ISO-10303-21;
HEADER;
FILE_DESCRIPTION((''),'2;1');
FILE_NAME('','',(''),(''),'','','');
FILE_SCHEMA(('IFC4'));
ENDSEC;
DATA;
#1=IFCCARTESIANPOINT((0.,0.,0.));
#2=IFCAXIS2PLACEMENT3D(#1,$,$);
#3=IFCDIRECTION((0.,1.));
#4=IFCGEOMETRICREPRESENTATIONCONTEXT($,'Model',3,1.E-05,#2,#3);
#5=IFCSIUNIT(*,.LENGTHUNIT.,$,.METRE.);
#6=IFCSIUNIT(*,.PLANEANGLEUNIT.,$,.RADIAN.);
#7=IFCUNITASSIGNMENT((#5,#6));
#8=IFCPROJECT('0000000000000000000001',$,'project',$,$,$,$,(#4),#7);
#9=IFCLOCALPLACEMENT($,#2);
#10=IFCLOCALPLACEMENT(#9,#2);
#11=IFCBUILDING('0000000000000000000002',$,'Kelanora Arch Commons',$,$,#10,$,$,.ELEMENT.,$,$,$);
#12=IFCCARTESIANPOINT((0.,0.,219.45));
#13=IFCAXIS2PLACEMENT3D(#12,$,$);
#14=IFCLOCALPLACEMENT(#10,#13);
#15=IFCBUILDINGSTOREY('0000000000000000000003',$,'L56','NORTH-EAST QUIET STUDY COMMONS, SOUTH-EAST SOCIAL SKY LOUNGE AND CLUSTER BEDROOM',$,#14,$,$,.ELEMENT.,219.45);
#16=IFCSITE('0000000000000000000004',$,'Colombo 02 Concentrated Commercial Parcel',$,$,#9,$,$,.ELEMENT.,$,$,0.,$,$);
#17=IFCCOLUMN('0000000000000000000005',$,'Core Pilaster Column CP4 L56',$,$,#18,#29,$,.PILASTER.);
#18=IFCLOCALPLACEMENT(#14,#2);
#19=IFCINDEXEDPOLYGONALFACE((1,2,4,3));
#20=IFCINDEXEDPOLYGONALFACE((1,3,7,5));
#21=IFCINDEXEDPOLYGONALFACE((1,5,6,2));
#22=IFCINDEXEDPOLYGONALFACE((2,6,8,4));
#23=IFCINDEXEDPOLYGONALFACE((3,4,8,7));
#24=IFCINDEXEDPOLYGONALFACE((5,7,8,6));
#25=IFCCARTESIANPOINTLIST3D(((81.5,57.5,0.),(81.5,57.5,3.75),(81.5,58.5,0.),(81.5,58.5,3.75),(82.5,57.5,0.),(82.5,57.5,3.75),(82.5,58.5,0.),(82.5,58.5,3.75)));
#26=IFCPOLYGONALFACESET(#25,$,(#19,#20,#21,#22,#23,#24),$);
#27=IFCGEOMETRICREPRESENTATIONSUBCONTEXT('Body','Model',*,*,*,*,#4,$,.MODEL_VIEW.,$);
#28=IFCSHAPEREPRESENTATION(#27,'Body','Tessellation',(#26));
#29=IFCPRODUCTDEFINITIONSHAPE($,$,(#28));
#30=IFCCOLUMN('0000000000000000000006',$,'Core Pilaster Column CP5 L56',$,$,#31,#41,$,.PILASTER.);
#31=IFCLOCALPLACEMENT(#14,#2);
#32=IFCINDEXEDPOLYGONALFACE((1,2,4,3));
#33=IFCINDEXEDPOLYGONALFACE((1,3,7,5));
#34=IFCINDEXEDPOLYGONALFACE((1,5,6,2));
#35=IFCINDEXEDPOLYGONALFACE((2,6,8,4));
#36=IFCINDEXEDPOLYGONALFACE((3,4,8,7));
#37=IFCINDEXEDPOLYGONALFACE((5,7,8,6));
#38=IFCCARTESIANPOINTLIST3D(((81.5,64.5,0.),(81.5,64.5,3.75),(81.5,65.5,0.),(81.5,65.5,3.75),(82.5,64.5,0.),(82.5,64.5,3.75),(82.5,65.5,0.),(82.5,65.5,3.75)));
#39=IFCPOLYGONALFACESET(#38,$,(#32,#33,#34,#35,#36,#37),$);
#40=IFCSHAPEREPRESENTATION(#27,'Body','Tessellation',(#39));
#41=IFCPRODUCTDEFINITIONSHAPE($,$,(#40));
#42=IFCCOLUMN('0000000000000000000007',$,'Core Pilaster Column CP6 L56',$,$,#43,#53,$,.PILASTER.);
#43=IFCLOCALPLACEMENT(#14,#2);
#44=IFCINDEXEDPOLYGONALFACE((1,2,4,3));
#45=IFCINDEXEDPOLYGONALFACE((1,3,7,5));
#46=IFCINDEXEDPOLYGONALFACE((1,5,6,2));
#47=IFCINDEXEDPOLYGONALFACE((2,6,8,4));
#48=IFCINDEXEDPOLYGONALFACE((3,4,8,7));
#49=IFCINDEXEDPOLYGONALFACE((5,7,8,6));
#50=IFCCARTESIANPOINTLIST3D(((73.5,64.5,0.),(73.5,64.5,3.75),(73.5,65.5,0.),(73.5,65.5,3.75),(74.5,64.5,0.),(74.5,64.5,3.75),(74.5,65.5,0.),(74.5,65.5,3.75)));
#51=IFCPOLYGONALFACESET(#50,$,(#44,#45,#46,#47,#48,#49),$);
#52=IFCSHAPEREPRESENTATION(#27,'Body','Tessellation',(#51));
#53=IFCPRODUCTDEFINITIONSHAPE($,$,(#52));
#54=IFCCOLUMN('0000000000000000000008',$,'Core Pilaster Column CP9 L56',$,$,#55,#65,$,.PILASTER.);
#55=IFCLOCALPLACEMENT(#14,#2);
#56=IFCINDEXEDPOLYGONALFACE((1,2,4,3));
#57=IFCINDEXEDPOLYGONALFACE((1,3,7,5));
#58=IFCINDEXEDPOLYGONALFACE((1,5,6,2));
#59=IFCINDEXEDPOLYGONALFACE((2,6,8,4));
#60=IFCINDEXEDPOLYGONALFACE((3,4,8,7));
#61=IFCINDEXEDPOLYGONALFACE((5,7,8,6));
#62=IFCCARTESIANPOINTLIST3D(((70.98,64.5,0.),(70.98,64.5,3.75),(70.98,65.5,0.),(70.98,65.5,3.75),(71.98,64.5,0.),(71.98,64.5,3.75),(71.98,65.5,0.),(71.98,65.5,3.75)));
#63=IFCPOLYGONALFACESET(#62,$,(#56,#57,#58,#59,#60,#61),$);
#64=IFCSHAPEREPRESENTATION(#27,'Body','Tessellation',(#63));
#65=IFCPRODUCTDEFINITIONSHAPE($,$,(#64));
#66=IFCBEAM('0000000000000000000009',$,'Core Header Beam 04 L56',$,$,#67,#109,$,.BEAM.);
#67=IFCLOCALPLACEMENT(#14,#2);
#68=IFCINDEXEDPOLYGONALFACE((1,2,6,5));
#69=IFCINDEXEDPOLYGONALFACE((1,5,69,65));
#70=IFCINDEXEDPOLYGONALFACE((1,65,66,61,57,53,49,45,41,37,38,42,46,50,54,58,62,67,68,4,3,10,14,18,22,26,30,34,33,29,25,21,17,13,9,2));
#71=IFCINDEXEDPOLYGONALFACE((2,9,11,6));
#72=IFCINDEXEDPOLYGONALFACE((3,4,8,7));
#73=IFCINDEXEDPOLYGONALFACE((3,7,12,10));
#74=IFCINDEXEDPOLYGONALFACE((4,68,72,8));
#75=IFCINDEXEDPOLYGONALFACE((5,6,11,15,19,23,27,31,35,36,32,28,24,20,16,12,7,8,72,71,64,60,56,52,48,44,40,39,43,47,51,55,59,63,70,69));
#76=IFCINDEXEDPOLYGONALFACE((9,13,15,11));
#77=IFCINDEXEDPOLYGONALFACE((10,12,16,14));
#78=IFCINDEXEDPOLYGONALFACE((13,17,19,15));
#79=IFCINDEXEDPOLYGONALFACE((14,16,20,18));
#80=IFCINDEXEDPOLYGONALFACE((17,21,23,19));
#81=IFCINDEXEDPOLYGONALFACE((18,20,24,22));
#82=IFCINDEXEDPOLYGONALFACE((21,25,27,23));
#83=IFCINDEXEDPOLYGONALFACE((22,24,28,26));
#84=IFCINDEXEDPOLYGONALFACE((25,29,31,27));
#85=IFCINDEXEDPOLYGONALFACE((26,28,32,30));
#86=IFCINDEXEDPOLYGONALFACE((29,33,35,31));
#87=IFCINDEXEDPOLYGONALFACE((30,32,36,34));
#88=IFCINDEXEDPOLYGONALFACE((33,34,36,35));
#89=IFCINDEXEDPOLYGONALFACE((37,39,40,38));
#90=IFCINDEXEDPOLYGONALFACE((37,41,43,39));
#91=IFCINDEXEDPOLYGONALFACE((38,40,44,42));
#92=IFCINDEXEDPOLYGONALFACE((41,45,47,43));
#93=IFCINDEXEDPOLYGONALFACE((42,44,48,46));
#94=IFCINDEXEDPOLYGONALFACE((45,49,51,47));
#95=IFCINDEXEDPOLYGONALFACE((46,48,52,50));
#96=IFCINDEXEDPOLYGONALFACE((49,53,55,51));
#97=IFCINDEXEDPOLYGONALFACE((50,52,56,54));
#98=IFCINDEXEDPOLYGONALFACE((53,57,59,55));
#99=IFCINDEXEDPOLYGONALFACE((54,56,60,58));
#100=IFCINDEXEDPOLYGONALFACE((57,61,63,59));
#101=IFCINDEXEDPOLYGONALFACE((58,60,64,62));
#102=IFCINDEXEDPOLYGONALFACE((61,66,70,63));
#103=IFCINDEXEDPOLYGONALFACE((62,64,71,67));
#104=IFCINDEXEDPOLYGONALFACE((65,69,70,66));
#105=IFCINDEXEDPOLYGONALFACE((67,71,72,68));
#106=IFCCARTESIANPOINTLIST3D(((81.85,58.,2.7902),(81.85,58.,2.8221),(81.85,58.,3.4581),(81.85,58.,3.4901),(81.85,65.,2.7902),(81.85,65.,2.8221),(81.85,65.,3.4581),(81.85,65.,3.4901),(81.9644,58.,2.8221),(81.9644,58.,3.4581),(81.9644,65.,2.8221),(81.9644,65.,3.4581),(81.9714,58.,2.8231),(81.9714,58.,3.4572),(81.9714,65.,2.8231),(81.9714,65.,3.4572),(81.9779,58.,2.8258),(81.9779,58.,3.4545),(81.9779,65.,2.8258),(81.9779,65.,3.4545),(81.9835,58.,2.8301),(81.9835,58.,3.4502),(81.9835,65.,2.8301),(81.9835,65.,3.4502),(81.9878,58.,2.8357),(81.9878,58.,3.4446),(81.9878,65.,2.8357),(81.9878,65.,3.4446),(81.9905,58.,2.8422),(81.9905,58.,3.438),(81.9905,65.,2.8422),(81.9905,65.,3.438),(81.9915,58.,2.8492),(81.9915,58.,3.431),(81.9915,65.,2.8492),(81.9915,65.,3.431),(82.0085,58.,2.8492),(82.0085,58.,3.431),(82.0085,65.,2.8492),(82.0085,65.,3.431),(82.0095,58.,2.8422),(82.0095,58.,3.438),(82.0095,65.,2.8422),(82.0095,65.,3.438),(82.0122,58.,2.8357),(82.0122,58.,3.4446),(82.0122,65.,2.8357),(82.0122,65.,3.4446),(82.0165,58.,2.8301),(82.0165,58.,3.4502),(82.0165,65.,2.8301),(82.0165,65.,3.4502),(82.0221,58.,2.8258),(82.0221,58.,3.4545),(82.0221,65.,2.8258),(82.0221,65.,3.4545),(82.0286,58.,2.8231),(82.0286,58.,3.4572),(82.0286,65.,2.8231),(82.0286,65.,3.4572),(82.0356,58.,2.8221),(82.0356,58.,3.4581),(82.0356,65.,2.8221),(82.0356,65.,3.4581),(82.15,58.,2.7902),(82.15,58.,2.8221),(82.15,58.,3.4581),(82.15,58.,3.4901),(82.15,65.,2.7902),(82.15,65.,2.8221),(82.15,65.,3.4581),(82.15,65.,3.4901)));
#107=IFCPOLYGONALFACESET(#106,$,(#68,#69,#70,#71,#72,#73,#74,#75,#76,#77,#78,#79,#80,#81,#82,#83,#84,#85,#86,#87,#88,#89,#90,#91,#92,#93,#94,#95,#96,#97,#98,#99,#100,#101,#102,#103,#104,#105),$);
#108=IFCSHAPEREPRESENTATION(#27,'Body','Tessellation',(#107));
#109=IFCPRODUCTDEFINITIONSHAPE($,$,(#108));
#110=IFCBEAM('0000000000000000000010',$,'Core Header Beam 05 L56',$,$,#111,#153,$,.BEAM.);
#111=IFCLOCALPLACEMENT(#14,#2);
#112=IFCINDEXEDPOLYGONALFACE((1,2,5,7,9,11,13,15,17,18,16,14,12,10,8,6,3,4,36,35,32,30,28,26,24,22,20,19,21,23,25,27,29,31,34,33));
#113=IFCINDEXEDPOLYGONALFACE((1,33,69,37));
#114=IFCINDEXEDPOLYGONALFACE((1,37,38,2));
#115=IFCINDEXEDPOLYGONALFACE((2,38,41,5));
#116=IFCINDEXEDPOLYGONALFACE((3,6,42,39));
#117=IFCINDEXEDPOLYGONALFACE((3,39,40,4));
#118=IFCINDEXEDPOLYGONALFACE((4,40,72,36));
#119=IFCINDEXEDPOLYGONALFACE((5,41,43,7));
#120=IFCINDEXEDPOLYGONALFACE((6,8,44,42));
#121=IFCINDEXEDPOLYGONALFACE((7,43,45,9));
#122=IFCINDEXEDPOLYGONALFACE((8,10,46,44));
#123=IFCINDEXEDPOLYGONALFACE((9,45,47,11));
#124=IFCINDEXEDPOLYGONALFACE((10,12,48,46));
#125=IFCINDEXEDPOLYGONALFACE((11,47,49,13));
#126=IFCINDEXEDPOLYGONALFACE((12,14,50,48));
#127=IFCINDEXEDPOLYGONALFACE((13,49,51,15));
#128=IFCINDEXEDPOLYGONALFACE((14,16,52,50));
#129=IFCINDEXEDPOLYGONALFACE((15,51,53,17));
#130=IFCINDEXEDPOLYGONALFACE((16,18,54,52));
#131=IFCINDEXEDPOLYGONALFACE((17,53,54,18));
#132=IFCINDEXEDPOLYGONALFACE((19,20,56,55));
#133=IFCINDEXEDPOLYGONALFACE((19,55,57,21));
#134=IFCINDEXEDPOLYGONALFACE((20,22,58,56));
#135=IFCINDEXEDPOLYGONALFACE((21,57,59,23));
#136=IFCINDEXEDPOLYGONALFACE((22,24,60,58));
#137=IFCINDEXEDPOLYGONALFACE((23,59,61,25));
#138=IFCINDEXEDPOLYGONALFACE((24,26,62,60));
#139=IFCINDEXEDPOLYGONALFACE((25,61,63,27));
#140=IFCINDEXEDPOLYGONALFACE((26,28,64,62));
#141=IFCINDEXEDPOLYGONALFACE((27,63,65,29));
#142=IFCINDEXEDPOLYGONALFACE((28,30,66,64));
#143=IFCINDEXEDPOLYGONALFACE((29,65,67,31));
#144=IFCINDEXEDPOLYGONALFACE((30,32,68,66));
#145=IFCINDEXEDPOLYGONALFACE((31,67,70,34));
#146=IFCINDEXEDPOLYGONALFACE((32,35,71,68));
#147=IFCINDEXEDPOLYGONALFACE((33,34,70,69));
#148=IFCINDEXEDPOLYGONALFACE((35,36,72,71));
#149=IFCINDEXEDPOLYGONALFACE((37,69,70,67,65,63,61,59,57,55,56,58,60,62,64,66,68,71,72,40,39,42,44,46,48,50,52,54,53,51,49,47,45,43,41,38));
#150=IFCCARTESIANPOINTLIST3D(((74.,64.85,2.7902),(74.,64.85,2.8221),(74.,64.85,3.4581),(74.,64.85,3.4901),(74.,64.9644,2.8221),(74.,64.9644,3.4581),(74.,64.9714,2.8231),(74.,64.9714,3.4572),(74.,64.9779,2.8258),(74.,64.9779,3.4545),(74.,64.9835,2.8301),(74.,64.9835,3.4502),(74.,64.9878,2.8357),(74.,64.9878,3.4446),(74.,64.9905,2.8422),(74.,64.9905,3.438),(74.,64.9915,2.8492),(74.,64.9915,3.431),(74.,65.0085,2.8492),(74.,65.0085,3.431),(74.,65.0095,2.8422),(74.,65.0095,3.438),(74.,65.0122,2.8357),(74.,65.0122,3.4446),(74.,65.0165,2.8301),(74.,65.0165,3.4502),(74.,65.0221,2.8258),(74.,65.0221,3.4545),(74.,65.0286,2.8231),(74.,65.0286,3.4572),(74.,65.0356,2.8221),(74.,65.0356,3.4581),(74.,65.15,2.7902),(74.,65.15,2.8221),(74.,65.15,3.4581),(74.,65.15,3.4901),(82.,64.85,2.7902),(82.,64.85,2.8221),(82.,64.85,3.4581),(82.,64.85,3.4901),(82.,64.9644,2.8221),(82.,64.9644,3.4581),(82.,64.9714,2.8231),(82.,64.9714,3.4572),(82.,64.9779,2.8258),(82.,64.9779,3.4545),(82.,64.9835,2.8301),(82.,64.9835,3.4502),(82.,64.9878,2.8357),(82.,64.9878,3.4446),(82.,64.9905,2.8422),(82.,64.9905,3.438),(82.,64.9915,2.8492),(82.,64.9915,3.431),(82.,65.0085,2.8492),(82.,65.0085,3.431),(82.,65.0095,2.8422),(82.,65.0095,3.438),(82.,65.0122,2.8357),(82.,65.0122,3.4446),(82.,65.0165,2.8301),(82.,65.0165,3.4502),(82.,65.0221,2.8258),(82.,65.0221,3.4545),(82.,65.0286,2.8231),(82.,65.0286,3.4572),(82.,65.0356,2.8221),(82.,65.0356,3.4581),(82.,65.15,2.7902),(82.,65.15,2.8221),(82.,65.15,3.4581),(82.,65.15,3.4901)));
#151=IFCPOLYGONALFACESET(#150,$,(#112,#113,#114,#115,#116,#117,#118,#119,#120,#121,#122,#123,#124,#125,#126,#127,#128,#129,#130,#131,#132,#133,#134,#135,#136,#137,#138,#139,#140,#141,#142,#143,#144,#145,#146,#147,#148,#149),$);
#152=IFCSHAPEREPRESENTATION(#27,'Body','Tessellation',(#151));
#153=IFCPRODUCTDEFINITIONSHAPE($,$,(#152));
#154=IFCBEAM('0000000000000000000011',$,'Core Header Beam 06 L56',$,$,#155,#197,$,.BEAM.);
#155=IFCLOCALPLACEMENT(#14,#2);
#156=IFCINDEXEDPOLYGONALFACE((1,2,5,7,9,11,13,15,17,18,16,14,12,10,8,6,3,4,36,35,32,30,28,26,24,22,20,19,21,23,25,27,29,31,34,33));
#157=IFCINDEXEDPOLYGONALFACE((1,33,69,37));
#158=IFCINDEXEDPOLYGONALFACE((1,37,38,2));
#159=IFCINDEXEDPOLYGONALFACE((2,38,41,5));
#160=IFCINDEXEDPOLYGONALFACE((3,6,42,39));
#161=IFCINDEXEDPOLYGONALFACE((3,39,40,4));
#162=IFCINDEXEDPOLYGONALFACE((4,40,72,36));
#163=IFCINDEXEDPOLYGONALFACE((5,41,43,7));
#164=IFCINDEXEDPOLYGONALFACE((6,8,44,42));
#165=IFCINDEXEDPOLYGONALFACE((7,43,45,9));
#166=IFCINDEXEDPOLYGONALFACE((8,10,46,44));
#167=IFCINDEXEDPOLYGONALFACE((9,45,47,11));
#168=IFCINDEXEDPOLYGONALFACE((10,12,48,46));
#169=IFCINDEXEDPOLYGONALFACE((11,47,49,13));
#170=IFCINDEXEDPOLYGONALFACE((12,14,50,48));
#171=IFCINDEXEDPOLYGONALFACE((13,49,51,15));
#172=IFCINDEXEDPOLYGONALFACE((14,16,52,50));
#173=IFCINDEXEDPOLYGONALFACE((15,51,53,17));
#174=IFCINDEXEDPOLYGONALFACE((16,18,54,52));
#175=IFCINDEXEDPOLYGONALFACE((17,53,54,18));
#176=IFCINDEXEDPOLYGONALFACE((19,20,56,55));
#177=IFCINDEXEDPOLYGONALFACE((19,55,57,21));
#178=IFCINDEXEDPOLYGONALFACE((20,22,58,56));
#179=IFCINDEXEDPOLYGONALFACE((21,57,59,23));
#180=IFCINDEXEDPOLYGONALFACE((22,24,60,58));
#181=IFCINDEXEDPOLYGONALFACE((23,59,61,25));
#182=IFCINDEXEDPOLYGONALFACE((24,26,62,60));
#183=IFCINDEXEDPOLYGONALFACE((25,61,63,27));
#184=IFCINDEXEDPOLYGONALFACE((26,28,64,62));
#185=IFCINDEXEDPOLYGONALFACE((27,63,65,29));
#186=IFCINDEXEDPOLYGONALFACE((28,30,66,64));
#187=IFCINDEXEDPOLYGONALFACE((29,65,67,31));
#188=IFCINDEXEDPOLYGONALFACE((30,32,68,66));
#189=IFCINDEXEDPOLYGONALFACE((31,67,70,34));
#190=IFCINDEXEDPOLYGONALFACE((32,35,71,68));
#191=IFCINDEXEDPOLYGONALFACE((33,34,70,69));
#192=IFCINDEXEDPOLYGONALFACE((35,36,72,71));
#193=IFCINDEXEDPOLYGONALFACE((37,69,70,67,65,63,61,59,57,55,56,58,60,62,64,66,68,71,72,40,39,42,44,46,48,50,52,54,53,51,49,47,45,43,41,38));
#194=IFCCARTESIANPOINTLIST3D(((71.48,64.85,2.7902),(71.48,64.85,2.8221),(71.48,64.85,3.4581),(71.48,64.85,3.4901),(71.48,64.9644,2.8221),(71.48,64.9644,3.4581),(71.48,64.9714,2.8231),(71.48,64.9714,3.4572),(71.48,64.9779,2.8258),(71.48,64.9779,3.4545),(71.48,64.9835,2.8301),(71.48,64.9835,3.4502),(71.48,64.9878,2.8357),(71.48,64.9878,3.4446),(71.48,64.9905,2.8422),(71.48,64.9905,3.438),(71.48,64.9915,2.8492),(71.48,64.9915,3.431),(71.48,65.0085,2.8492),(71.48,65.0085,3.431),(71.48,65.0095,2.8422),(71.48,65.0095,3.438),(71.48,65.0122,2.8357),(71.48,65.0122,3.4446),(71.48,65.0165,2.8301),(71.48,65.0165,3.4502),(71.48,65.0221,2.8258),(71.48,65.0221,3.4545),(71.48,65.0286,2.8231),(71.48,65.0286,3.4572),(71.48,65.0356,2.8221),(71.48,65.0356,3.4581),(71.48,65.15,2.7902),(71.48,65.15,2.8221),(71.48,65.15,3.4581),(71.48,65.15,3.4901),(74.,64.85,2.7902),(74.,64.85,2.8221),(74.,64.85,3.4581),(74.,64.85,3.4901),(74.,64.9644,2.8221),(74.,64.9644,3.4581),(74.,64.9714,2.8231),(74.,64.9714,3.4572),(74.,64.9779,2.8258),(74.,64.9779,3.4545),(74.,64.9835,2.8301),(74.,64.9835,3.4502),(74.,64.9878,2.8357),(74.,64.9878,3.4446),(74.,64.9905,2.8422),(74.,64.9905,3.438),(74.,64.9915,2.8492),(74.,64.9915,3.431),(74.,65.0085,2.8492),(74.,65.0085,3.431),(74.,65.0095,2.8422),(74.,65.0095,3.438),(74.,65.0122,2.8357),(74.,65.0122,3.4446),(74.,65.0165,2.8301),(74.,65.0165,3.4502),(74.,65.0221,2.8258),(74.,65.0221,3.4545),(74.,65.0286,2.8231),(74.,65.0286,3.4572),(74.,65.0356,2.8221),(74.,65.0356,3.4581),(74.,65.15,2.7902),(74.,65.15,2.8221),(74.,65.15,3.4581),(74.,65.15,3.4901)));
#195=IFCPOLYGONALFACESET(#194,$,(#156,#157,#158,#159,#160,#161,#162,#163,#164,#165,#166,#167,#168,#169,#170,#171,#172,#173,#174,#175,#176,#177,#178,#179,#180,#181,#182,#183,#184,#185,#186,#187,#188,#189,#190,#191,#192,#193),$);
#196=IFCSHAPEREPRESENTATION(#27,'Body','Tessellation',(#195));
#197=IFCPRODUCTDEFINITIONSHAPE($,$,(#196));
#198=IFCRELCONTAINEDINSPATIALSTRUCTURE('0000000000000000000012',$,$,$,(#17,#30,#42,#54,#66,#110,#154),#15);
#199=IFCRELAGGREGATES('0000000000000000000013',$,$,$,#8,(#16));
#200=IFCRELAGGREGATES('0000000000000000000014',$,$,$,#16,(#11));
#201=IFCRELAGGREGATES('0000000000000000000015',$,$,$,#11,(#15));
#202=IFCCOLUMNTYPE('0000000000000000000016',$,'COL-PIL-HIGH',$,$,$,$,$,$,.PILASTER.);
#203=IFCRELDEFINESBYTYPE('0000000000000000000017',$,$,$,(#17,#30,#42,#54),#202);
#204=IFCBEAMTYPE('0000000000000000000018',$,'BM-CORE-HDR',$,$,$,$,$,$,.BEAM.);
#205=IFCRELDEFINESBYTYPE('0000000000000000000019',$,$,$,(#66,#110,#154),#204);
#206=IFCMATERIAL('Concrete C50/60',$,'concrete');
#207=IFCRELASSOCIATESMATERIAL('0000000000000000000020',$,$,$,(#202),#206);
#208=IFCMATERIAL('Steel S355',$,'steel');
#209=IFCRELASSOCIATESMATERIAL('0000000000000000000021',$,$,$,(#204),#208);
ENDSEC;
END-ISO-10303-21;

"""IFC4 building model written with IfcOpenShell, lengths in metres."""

from ifc_helpers import new_model, si_unit, direction, frame, origin, origin_2d, place, context, subcontext, project, spatial, rectangle, i_section, extrude, material, material_profile, profile_set, type_object, element, save


model = new_model("IFC4")

# Units and contexts
model_context = context("Model", 3, precision=1e-05, world=origin(), true_north=direction((0.0, 1.0)))
body_context = subcontext(model_context, "Body", "Model", "MODEL_VIEW")
ifc_project = project(units=[si_unit("LENGTHUNIT", "METRE"), si_unit("PLANEANGLEUNIT", "RADIAN")], contexts=[model_context])

# Site, building, storey
site_placement = place(None, origin())
site = spatial("IfcSite", under=ifc_project, at=site_placement, Name="Colombo 02 Concentrated Commercial Parcel", CompositionType="ELEMENT", RefElevation=0.0)
building_placement = place(site_placement, origin())
building = spatial("IfcBuilding", under=site, at=building_placement, Name="Kelanora Arch Commons", CompositionType="ELEMENT")
storey_placement = place(building_placement, frame((0.0, 0.0, 219.45)))
storey = spatial("IfcBuildingStorey", under=building, at=storey_placement, Name="L56", Description="NORTH-EAST QUIET STUDY COMMONS, SOUTH-EAST SOCIAL SKY LOUNGE AND CLUSTER BEDROOM", CompositionType="ELEMENT", Elevation=219.45)

# Columns
ifc_material_1 = material(Name="Concrete C50/60", Category="concrete")
ifc_material_profile_1 = material_profile(ifc_material_1, rectangle(XDim=1.0, YDim=1.0, at=origin_2d()), Name="RC1000x1000")
ifc_profile_set_1 = profile_set([ifc_material_profile_1], Name="Concrete C50/60")
column_type = type_object("IfcColumnType", Name="COL-PIL-HIGH", PredefinedType="PILASTER", material=ifc_profile_set_1)
for number, where, z_axis, x_axis, name in (
    (1, (82.0, 58.0, 0.0), (0.0, 0.0, 1.0), (1.0, 0.0, 0.0), "Core Pilaster Column CP4 L56"),
    (2, (82.0, 65.0, 0.0), (0.0, 0.0, 1.0), (1.0, 0.0, 0.0), "Core Pilaster Column CP5 L56"),
    (3, (74.0, 65.0, 0.0), (0.0, 0.0, 1.0), (1.0, 0.0, 0.0), "Core Pilaster Column CP6 L56"),
    (4, (71.48, 65.0, 0.0), (0.0, 0.0, 1.0), (1.0, 0.0, 0.0), "Core Pilaster Column CP9 L56"),
):
    element("IfcColumn", number, at=place(storey_placement, frame(where, z_axis=z_axis, x_axis=x_axis)), inside=storey, type_object=column_type, Name=name, PredefinedType="PILASTER", context=body_context, shape_type="SweptSolid", body=[
        extrude(rectangle(XDim=1.0, YDim=1.0, at=origin_2d()), origin(), (0.0, 0.0, 1.0), 3.75),
    ])

# Beams
ifc_material_2 = material(Name="Steel S355", Category="steel")
ifc_material_profile_2 = material_profile(ifc_material_2, i_section(OverallWidth=0.3, OverallDepth=0.7, WebThickness=0.0171, FlangeThickness=0.032, FilletRadius=0.0271, at=origin_2d()), Name="HEB700")
ifc_profile_set_2 = profile_set([ifc_material_profile_2], Name="Steel S355")
beam_type_1 = type_object("IfcBeamType", Name="BM-CORE-HDR", PredefinedType="BEAM", material=ifc_profile_set_2)
beam_1_placement = place(storey_placement, frame((82.0, 58.0, 3.1401), z_axis=(0.0, 1.0, 0.0), x_axis=(-1.0, 0.0, 0.0)))
element("IfcBeam", 5, at=beam_1_placement, inside=storey, type_object=beam_type_1, Name="Core Header Beam 04 L56", PredefinedType="BEAM", context=body_context, shape_type="SweptSolid", body=[
    extrude(i_section(OverallWidth=0.3, OverallDepth=0.7, WebThickness=0.0171, FlangeThickness=0.032, FilletRadius=0.0271, at=origin_2d()), origin(), (0.0, 0.0, 1.0), 7.0),
])
beam_2_placement = place(storey_placement, frame((82.0, 65.0, 3.1401), z_axis=(-1.0, 0.0, 0.0), x_axis=(0.0, -1.0, 0.0)))
element("IfcBeam", 6, at=beam_2_placement, inside=storey, type_object=beam_type_1, Name="Core Header Beam 05 L56", PredefinedType="BEAM", context=body_context, shape_type="SweptSolid", body=[
    extrude(i_section(OverallWidth=0.3, OverallDepth=0.7, WebThickness=0.0171, FlangeThickness=0.032, FilletRadius=0.0271, at=origin_2d()), origin(), (0.0, 0.0, 1.0), 8.0),
])
beam_3_placement = place(storey_placement, frame((74.0, 65.0, 3.1401), z_axis=(-1.0, 0.0, 0.0), x_axis=(0.0, -1.0, 0.0)))
element("IfcBeam", 7, at=beam_3_placement, inside=storey, type_object=beam_type_1, Name="Core Header Beam 06 L56", PredefinedType="BEAM", context=body_context, shape_type="SweptSolid", body=[
    extrude(i_section(OverallWidth=0.3, OverallDepth=0.7, WebThickness=0.0171, FlangeThickness=0.032, FilletRadius=0.0271, at=origin_2d()), origin(), (0.0, 0.0, 1.0), 2.52),
])

save(model, "model.ifc")
